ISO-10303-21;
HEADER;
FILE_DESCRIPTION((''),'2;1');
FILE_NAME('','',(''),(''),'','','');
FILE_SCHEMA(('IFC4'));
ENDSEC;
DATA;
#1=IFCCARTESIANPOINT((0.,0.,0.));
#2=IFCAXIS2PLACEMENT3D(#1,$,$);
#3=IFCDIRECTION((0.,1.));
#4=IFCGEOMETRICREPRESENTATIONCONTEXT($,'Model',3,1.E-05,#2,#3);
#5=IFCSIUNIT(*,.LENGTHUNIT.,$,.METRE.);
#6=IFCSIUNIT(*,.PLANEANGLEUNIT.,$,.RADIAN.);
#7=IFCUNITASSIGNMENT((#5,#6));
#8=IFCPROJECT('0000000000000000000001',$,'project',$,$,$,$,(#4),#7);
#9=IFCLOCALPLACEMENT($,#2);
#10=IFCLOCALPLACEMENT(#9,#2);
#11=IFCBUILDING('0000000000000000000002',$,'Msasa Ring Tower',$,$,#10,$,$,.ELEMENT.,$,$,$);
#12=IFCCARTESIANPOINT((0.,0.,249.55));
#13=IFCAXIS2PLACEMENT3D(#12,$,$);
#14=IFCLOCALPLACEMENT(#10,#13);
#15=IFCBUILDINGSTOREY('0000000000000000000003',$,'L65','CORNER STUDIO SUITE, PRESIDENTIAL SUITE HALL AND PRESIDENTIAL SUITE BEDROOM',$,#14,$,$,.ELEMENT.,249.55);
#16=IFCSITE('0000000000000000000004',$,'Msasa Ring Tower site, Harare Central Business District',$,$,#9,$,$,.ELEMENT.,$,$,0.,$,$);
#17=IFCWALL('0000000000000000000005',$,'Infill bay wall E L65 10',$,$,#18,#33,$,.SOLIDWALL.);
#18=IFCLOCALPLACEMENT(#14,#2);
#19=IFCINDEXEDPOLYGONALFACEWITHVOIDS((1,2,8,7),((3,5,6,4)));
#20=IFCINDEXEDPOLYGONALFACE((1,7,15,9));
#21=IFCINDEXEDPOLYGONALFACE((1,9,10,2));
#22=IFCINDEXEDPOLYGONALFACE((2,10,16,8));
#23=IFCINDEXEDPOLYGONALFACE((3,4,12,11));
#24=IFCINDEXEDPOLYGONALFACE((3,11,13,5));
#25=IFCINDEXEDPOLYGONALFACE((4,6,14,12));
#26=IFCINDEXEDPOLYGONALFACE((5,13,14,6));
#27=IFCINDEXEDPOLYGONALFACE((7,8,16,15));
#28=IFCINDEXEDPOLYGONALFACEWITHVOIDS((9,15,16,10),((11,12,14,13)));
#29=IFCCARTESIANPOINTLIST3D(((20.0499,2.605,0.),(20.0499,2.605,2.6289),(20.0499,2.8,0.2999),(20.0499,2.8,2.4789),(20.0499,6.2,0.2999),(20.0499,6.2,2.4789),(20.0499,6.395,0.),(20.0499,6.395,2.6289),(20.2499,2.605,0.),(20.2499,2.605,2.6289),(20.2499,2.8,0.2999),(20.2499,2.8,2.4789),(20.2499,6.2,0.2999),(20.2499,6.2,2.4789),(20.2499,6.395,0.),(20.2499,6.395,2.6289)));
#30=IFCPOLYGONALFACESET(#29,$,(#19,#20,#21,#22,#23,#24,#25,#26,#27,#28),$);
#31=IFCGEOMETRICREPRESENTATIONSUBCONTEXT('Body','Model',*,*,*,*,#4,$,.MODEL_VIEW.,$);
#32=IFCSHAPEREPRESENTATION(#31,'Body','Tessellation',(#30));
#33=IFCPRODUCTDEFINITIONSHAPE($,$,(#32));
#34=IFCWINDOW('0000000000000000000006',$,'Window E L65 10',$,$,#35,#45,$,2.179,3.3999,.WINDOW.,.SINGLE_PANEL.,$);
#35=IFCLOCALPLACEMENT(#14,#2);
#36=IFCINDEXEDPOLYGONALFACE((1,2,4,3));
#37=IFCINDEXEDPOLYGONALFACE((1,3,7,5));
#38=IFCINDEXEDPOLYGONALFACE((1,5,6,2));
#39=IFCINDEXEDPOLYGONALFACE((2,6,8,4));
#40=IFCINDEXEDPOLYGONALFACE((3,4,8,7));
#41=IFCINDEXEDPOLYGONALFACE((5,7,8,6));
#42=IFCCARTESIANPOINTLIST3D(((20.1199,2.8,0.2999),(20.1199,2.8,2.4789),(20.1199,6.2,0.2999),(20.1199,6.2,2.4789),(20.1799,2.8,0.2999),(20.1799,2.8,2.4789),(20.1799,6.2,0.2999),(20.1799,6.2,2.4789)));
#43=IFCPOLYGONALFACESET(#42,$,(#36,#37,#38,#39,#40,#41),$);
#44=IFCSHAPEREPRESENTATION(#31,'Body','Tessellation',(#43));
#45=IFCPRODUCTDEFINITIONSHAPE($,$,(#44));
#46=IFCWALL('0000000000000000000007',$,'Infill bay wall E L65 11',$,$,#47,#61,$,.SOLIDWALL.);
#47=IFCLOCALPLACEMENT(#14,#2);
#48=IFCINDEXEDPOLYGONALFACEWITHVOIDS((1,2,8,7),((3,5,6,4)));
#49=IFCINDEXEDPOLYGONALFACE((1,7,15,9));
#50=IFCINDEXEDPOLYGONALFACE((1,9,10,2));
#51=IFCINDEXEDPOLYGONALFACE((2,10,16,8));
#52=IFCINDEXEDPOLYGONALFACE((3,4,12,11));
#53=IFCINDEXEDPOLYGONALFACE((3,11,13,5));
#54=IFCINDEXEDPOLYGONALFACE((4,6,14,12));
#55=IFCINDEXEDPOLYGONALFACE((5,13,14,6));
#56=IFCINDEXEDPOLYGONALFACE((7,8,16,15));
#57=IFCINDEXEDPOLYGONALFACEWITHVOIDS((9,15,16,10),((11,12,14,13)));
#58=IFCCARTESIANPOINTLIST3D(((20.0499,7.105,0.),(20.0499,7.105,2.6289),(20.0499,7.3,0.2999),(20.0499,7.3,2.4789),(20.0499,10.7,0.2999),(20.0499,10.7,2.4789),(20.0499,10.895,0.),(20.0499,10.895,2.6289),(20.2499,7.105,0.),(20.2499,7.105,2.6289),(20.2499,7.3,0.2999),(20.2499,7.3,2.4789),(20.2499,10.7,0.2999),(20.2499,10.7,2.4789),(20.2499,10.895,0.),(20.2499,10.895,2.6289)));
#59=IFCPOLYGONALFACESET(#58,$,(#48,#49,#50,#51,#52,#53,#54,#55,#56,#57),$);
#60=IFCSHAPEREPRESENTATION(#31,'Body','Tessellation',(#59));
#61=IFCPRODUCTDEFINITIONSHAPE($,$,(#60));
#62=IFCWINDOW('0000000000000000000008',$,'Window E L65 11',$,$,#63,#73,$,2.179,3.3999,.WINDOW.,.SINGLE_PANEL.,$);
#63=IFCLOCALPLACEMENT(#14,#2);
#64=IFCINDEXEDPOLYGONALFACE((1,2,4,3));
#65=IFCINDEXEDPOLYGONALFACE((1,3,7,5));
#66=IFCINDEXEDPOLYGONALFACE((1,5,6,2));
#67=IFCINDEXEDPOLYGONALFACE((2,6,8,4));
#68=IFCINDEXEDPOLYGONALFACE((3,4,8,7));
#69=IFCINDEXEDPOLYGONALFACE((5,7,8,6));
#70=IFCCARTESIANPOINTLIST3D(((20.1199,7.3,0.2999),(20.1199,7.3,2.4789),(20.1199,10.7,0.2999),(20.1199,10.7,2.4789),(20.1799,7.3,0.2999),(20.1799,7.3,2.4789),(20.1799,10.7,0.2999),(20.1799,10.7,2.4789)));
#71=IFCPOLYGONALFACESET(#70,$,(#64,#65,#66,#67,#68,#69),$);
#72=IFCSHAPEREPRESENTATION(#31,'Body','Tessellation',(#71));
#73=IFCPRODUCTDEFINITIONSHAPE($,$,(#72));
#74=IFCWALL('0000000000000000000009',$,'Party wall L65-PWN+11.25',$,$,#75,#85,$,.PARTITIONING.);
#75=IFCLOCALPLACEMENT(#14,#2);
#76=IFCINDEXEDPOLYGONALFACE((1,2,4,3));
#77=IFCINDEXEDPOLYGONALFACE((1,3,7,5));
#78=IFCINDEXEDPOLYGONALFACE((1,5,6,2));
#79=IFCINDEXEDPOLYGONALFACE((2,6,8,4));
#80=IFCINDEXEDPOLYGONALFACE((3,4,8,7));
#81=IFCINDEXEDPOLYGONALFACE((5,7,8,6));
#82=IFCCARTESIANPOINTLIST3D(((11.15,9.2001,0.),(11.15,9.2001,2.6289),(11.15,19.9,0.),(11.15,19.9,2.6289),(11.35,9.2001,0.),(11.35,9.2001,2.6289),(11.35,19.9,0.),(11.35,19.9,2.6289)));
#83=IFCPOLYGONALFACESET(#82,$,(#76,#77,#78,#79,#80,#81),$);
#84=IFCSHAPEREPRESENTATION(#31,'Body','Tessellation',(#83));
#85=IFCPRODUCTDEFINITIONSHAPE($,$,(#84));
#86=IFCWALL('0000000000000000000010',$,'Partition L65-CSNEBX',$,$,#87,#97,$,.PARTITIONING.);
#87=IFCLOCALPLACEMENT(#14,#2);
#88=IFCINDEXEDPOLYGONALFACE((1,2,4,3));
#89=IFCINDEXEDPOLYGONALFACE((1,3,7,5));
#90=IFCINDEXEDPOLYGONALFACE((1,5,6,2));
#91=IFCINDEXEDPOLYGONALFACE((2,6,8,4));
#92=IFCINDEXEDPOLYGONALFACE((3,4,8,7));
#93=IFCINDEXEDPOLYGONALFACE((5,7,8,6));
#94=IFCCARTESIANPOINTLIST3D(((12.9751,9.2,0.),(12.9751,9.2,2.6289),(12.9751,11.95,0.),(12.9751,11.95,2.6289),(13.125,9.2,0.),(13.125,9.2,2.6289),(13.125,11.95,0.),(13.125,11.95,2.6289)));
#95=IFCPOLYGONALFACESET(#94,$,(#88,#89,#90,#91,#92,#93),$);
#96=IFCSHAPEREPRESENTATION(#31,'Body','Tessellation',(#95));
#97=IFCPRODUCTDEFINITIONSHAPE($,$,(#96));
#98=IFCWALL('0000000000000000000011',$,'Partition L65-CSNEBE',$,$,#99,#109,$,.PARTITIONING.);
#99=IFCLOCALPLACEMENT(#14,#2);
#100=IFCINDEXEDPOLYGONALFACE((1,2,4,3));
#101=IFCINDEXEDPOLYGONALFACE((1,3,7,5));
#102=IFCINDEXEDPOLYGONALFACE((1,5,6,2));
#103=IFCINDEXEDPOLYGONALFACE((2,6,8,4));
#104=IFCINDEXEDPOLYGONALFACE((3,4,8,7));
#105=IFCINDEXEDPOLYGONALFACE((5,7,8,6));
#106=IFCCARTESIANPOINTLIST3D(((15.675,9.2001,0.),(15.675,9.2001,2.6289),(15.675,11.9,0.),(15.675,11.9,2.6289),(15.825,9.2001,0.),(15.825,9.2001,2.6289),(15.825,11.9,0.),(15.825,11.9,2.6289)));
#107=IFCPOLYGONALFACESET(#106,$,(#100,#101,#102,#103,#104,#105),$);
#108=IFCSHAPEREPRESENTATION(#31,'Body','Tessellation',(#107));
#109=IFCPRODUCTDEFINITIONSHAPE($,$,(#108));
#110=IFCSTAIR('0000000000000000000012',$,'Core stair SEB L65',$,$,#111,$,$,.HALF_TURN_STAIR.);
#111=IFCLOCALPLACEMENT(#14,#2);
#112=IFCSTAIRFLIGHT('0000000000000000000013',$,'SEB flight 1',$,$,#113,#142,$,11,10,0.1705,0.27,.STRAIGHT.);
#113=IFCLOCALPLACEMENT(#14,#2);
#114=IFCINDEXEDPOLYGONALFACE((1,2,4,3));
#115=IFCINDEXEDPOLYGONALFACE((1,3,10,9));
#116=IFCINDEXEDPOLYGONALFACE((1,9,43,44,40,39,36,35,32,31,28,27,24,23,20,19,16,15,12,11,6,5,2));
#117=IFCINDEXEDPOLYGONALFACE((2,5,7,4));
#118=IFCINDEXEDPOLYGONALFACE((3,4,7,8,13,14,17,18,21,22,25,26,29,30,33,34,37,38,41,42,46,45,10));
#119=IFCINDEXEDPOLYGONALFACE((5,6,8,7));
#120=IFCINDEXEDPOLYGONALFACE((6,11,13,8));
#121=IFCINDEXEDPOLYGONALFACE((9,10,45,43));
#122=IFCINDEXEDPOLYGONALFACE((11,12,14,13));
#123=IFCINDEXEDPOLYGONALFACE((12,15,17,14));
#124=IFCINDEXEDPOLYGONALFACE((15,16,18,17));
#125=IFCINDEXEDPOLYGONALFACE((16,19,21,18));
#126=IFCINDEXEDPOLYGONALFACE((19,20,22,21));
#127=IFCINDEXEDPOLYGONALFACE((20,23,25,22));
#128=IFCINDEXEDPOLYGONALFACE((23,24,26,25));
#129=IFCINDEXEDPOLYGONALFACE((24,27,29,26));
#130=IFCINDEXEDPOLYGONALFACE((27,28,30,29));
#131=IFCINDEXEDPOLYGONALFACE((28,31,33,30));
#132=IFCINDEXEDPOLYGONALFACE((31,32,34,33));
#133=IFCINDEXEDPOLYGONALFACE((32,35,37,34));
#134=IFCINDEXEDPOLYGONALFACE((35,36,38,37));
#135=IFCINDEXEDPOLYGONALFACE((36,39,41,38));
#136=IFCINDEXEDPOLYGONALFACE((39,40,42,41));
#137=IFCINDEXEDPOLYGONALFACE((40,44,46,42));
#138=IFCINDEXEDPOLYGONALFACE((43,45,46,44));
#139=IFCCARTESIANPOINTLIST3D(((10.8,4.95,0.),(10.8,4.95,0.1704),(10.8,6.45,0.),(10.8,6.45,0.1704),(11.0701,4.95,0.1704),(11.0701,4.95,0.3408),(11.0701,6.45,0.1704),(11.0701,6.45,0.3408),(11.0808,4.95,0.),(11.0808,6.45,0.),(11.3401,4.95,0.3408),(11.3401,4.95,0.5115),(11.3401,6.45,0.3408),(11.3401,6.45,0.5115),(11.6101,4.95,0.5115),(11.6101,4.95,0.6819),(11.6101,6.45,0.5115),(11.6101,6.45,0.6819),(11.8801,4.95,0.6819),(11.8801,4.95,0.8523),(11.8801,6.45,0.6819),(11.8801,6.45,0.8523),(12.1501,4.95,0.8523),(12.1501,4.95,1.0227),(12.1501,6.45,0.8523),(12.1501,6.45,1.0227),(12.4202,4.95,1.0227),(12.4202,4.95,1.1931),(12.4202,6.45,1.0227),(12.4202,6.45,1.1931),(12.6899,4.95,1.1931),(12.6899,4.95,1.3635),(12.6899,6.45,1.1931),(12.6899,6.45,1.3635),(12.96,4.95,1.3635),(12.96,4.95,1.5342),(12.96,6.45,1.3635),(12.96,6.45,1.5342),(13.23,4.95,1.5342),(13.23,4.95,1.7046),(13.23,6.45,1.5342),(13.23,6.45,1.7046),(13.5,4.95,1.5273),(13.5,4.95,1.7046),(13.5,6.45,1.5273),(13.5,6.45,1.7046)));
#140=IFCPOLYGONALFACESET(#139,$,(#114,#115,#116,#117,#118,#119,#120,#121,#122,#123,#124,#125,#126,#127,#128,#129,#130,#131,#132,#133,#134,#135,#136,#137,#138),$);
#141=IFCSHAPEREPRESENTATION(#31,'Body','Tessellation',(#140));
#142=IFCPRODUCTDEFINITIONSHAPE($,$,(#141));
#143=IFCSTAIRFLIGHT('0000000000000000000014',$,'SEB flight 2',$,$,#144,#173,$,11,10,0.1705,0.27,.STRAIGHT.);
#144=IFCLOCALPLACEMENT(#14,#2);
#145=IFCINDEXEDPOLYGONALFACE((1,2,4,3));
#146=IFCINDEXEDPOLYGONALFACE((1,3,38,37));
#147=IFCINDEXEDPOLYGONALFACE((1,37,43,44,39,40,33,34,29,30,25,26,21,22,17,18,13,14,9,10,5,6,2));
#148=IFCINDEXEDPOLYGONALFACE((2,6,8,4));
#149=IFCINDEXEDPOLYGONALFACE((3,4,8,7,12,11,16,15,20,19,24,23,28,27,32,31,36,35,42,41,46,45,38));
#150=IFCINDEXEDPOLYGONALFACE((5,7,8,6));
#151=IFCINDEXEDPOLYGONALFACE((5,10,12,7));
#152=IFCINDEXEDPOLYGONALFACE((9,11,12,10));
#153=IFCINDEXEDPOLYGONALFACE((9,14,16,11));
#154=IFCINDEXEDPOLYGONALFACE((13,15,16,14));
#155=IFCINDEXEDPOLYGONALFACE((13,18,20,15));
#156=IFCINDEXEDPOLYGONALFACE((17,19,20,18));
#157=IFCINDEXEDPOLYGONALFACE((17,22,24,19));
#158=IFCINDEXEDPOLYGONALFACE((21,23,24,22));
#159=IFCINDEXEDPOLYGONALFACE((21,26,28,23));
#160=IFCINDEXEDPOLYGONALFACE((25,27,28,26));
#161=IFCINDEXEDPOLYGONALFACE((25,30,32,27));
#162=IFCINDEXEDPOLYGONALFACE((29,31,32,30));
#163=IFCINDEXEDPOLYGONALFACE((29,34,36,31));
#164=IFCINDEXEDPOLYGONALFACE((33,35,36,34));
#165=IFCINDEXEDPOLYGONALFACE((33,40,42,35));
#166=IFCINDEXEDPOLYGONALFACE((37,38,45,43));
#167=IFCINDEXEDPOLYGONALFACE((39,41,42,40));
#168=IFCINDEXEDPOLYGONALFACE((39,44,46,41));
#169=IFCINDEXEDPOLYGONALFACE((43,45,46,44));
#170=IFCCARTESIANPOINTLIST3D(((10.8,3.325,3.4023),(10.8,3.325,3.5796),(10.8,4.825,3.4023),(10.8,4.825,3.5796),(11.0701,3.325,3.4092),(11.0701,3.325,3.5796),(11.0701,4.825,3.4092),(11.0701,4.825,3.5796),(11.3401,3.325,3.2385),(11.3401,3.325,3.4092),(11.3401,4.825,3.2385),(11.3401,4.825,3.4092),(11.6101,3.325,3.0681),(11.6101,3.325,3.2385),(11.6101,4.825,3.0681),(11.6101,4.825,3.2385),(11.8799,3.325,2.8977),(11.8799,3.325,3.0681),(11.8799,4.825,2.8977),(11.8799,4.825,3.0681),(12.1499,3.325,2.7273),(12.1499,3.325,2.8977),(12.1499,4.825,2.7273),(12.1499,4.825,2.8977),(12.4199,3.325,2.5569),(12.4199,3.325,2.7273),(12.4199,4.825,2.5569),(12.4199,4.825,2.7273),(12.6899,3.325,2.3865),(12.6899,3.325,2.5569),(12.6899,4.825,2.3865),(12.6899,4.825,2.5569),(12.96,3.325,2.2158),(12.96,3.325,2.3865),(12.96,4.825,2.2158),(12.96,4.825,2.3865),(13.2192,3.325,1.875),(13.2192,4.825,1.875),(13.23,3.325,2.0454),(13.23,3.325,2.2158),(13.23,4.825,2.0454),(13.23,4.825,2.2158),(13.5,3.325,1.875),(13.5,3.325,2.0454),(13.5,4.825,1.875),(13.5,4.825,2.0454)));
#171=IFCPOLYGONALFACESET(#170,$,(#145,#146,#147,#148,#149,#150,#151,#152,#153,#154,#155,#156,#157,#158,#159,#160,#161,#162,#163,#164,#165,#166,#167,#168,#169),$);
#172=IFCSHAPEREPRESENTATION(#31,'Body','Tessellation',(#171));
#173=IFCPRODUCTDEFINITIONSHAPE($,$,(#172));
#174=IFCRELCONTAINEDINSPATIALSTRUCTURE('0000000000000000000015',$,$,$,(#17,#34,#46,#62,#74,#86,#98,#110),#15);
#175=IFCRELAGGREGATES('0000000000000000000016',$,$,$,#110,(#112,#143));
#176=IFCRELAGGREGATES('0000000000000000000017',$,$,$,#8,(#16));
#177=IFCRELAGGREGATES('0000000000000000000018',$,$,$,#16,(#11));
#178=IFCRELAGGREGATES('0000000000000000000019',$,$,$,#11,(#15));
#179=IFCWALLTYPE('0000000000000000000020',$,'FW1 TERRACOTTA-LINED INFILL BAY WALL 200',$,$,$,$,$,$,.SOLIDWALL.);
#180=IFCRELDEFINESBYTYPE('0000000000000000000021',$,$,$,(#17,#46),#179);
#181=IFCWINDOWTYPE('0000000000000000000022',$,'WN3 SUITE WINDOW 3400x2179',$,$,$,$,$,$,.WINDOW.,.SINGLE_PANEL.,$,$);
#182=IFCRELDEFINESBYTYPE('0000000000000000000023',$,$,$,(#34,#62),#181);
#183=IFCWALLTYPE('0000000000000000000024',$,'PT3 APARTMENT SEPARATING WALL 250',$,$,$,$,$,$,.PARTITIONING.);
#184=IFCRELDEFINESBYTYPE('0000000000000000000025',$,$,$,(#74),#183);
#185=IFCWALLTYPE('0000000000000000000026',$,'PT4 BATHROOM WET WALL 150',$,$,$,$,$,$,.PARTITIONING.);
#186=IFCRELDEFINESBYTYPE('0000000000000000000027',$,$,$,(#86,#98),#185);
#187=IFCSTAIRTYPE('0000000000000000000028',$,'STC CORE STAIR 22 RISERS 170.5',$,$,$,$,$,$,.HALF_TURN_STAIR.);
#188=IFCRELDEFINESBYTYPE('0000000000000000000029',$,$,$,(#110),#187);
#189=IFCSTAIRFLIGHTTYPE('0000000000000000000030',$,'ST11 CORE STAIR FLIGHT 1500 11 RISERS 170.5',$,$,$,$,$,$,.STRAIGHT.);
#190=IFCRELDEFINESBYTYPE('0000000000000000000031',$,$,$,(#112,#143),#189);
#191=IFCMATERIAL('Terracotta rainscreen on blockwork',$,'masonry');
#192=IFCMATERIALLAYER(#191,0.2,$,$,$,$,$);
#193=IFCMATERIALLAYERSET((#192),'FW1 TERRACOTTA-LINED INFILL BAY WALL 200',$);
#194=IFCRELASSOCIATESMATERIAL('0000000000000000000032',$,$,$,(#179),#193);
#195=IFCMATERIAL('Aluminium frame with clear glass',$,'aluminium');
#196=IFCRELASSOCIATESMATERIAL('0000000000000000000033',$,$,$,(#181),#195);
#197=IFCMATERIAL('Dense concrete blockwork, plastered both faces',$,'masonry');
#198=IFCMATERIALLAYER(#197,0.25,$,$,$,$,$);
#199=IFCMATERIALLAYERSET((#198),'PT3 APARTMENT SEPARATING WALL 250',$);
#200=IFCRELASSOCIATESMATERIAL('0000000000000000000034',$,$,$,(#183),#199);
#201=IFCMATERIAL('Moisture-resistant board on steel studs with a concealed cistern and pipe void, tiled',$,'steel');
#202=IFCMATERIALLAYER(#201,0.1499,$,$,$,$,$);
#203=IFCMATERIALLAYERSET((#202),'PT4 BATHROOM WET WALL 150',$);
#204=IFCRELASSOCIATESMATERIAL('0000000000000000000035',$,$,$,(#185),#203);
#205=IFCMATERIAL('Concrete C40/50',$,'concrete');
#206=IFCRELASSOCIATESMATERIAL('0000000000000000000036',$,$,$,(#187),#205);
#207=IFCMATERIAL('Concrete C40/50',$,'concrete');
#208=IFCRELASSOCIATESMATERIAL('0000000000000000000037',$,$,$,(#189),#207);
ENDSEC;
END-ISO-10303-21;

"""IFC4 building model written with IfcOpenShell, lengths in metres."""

from ifc_helpers import new_model, si_unit, direction, frame, frame_2d, origin, place, context, subcontext, project, spatial, polyline, rectangle, outline, extrude, material, layer, layer_set, type_object, element, fill, aggregate, save


model = new_model("IFC4")

# Units and contexts
model_context = context("Model", 3, precision=1e-05, world=origin(), true_north=direction((0.0, 1.0)))
body_context = subcontext(model_context, "Body", "Model", "MODEL_VIEW")
ifc_project = project(units=[si_unit("LENGTHUNIT", "METRE"), si_unit("PLANEANGLEUNIT", "RADIAN")], contexts=[model_context])

# Site, building, storey
site_placement = place(None, origin())
site = spatial("IfcSite", under=ifc_project, at=site_placement, Name="Msasa Ring Tower site, Harare Central Business District", CompositionType="ELEMENT", RefElevation=0.0)
building_placement = place(site_placement, origin())
building = spatial("IfcBuilding", under=site, at=building_placement, Name="Msasa Ring Tower", CompositionType="ELEMENT")
storey_placement = place(building_placement, frame((0.0, 0.0, 249.55)))
storey = spatial("IfcBuildingStorey", under=building, at=storey_placement, Name="L65", Description="CORNER STUDIO SUITE, PRESIDENTIAL SUITE HALL AND PRESIDENTIAL SUITE BEDROOM", CompositionType="ELEMENT", Elevation=249.55)

# Walls, openings, windows
ifc_material_1 = material(Name="Terracotta rainscreen on blockwork", Category="masonry")
ifc_layer_1 = layer(ifc_material_1, 0.2)
ifc_layer_set_1 = layer_set([ifc_layer_1], Name="FW1 TERRACOTTA-LINED INFILL BAY WALL 200")
wall_type_1 = type_object("IfcWallType", Name="FW1 TERRACOTTA-LINED INFILL BAY WALL 200", PredefinedType="SOLIDWALL", material=ifc_layer_set_1)
wall_1_placement = place(storey_placement, frame((20.1499, 2.605, 0.0), z_axis=(0.0, 0.0, 1.0), x_axis=(0.0, 1.0, 0.0)))
wall_1 = element("IfcWall", 1, at=wall_1_placement, inside=storey, type_object=wall_type_1, Name="Infill bay wall E L65 10", PredefinedType="SOLIDWALL", context=body_context, shape_type="SweptSolid", body=[
    extrude(rectangle(XDim=3.79, YDim=0.2, at=frame_2d((1.895, 0.0))), origin(), (0.0, 0.0, 1.0), 2.6289),
])
opening_1_placement = place(wall_1_placement, frame((0.1951, 0.0, 0.3)))
opening_1 = element("IfcOpeningElement", 2, at=opening_1_placement, cuts=wall_1, PredefinedType="OPENING", context=body_context, shape_type="SweptSolid", body=[
    extrude(rectangle(XDim=3.3999, YDim=2.179, at=frame_2d((1.7, 1.0894))), frame((0.0, 0.1099, 0.0), z_axis=(0.0, -1.0, 0.0), x_axis=(1.0, 0.0, 0.0)), (0.0, 0.0, 1.0), 0.22),
])
ifc_material_2 = material(Name="Aluminium frame with clear glass", Category="aluminium")
window_type = type_object("IfcWindowType", Name="WN3 SUITE WINDOW 3400x2179", PartitioningType="SINGLE_PANEL", PredefinedType="WINDOW", material=ifc_material_2)
window_1_placement = place(opening_1_placement, origin())
window_1 = element("IfcWindow", 3, at=window_1_placement, inside=storey, type_object=window_type, Name="Window E L65 10", OverallHeight=2.179, OverallWidth=3.3999, PartitioningType="SINGLE_PANEL", PredefinedType="WINDOW", context=body_context, shape_type="SweptSolid", body=[
    extrude(rectangle(XDim=3.3999, YDim=2.179, at=frame_2d((1.7, 1.0894))), frame((0.0, 0.03, 0.0), z_axis=(0.0, -1.0, 0.0), x_axis=(1.0, 0.0, 0.0)), (0.0, 0.0, 1.0), 0.0601),
])
fill(opening_1, window_1)
wall_2_placement = place(storey_placement, frame((20.1499, 7.105, 0.0), z_axis=(0.0, 0.0, 1.0), x_axis=(0.0, 1.0, 0.0)))
wall_2 = element("IfcWall", 4, at=wall_2_placement, inside=storey, type_object=wall_type_1, Name="Infill bay wall E L65 11", PredefinedType="SOLIDWALL", context=body_context, shape_type="SweptSolid", body=[
    extrude(rectangle(XDim=3.79, YDim=0.2, at=frame_2d((1.895, 0.0))), origin(), (0.0, 0.0, 1.0), 2.6289),
])
opening_2_placement = place(wall_2_placement, frame((0.1951, 0.0, 0.3)))
opening_2 = element("IfcOpeningElement", 5, at=opening_2_placement, cuts=wall_2, PredefinedType="OPENING", context=body_context, shape_type="SweptSolid", body=[
    extrude(rectangle(XDim=3.3999, YDim=2.179, at=frame_2d((1.7, 1.0894))), frame((0.0, 0.1099, 0.0), z_axis=(0.0, -1.0, 0.0), x_axis=(1.0, 0.0, 0.0)), (0.0, 0.0, 1.0), 0.22),
])
window_2_placement = place(opening_2_placement, origin())
window_2 = element("IfcWindow", 6, at=window_2_placement, inside=storey, type_object=window_type, Name="Window E L65 11", OverallHeight=2.179, OverallWidth=3.3999, PartitioningType="SINGLE_PANEL", PredefinedType="WINDOW", context=body_context, shape_type="SweptSolid", body=[
    extrude(rectangle(XDim=3.3999, YDim=2.179, at=frame_2d((1.7, 1.0894))), frame((0.0, 0.03, 0.0), z_axis=(0.0, -1.0, 0.0), x_axis=(1.0, 0.0, 0.0)), (0.0, 0.0, 1.0), 0.0601),
])
fill(opening_2, window_2)

# Walls
ifc_material_3 = material(Name="Dense concrete blockwork, plastered both faces", Category="masonry")
ifc_layer_2 = layer(ifc_material_3, 0.25)
ifc_layer_set_2 = layer_set([ifc_layer_2], Name="PT3 APARTMENT SEPARATING WALL 250")
wall_type_2 = type_object("IfcWallType", Name="PT3 APARTMENT SEPARATING WALL 250", PredefinedType="PARTITIONING", material=ifc_layer_set_2)
wall_3_placement = place(storey_placement, frame((11.25, 9.2, 0.0), z_axis=(0.0, 0.0, 1.0), x_axis=(0.0, 1.0, 0.0)))
element("IfcWall", 7, at=wall_3_placement, inside=storey, type_object=wall_type_2, Name="Party wall L65-PWN+11.25", PredefinedType="PARTITIONING", context=body_context, shape_type="SweptSolid", body=[
    extrude(rectangle(XDim=10.7, YDim=0.2, at=frame_2d((5.3501, 0.0))), origin(), (0.0, 0.0, 1.0), 2.6289),
])
ifc_material_4 = material(Name="Moisture-resistant board on steel studs with a concealed cistern and pipe void, tiled", Category="steel")
ifc_layer_3 = layer(ifc_material_4, 0.1499)
ifc_layer_set_3 = layer_set([ifc_layer_3], Name="PT4 BATHROOM WET WALL 150")
wall_type_3 = type_object("IfcWallType", Name="PT4 BATHROOM WET WALL 150", PredefinedType="PARTITIONING", material=ifc_layer_set_3)
wall_4_placement = place(storey_placement, frame((13.05, 9.2, 0.0), z_axis=(0.0, 0.0, 1.0), x_axis=(0.0, 1.0, 0.0)))
element("IfcWall", 8, at=wall_4_placement, inside=storey, type_object=wall_type_3, Name="Partition L65-CSNEBX", PredefinedType="PARTITIONING", context=body_context, shape_type="SweptSolid", body=[
    extrude(rectangle(XDim=2.75, YDim=0.1499, at=frame_2d((1.375, 0.0))), origin(), (0.0, 0.0, 1.0), 2.6289),
])
wall_5_placement = place(storey_placement, frame((15.75, 9.2, 0.0), z_axis=(0.0, 0.0, 1.0), x_axis=(0.0, 1.0, 0.0)))
element("IfcWall", 9, at=wall_5_placement, inside=storey, type_object=wall_type_3, Name="Partition L65-CSNEBE", PredefinedType="PARTITIONING", context=body_context, shape_type="SweptSolid", body=[
    extrude(rectangle(XDim=2.7, YDim=0.1499, at=frame_2d((1.3501, 0.0))), origin(), (0.0, 0.0, 1.0), 2.6289),
])

# Stair, stair flights
ifc_material_5 = material(Name="Concrete C40/50", Category="concrete")
stair_type = type_object("IfcStairType", Name="STC CORE STAIR 22 RISERS 170.5", PredefinedType="HALF_TURN_STAIR", material=ifc_material_5)
stair_placement = place(storey_placement, origin())
stair = element("IfcStair", 10, at=stair_placement, inside=storey, type_object=stair_type, Name="Core stair SEB L65", PredefinedType="HALF_TURN_STAIR")
ifc_material_6 = material(Name="Concrete C40/50", Category="concrete")
stair_flight_type = type_object("IfcStairFlightType", Name="ST11 CORE STAIR FLIGHT 1500 11 RISERS 170.5", PredefinedType="STRAIGHT", material=ifc_material_6)
stair_flight_1_placement = place(storey_placement, frame((10.8, 5.7, 0.0), z_axis=(0.0, 0.0, 1.0), x_axis=(1.0, 0.0, 0.0)))
stair_flight_1 = element("IfcStairFlight", 11, at=stair_flight_1_placement, type_object=stair_flight_type, Name="SEB flight 1", NumberOfRisers=11, NumberOfTreads=10, PredefinedType="STRAIGHT", RiserHeight=0.1705, TreadLength=0.27, context=body_context, shape_type="SweptSolid", body=[
    extrude(outline(polyline([(0.0, 0.0), (0.0, 0.1704), (0.27, 0.1704), (0.27, 0.3408), (0.54, 0.3408), (0.54, 0.5115), (0.8101, 0.5115), (0.8101, 0.6819), (1.0801, 0.6819), (1.0801, 0.8523), (1.3501, 0.8523), (1.3501, 1.0227), (1.6201, 1.0227), (1.6201, 1.1931), (1.8899, 1.1931), (1.8899, 1.3635), (2.1599, 1.3635), (2.1599, 1.5342), (2.4299, 1.5342), (2.4299, 1.7046), (2.7, 1.7046), (2.7, 1.875), (2.7, 1.5273), (0.2808, 0.0), (0.0, 0.0)])), frame((0.0, 0.75, 0.0), z_axis=(0.0, -1.0, 0.0), x_axis=(1.0, 0.0, 0.0)), (0.0, 0.0, 1.0), 1.5),
])
stair_flight_2_placement = place(storey_placement, frame((13.5, 4.075, 1.875), z_axis=(0.0, 0.0, 1.0), x_axis=(-1.0, 0.0, 0.0)))
stair_flight_2 = element("IfcStairFlight", 12, at=stair_flight_2_placement, type_object=stair_flight_type, Name="SEB flight 2", NumberOfRisers=11, NumberOfTreads=10, PredefinedType="STRAIGHT", RiserHeight=0.1705, TreadLength=0.27, context=body_context, shape_type="SweptSolid", body=[
    extrude(outline(polyline([(0.0, 0.0), (0.0, 0.1704), (0.27, 0.1704), (0.27, 0.3408), (0.54, 0.3408), (0.54, 0.5115), (0.8101, 0.5115), (0.8101, 0.6819), (1.0801, 0.6819), (1.0801, 0.8523), (1.3501, 0.8523), (1.3501, 1.0227), (1.6201, 1.0227), (1.6201, 1.1931), (1.8899, 1.1931), (1.8899, 1.3635), (2.1599, 1.3635), (2.1599, 1.5342), (2.4299, 1.5342), (2.4299, 1.7046), (2.7, 1.7046), (2.7, 1.875), (2.7, 1.5273), (0.2808, 0.0), (0.0, 0.0)])), frame((0.0, 0.75, 0.0), z_axis=(0.0, -1.0, 0.0), x_axis=(1.0, 0.0, 0.0)), (0.0, 0.0, 1.0), 1.5),
])
aggregate(stair, [stair_flight_1, stair_flight_2])

save(model, "model.ifc")
